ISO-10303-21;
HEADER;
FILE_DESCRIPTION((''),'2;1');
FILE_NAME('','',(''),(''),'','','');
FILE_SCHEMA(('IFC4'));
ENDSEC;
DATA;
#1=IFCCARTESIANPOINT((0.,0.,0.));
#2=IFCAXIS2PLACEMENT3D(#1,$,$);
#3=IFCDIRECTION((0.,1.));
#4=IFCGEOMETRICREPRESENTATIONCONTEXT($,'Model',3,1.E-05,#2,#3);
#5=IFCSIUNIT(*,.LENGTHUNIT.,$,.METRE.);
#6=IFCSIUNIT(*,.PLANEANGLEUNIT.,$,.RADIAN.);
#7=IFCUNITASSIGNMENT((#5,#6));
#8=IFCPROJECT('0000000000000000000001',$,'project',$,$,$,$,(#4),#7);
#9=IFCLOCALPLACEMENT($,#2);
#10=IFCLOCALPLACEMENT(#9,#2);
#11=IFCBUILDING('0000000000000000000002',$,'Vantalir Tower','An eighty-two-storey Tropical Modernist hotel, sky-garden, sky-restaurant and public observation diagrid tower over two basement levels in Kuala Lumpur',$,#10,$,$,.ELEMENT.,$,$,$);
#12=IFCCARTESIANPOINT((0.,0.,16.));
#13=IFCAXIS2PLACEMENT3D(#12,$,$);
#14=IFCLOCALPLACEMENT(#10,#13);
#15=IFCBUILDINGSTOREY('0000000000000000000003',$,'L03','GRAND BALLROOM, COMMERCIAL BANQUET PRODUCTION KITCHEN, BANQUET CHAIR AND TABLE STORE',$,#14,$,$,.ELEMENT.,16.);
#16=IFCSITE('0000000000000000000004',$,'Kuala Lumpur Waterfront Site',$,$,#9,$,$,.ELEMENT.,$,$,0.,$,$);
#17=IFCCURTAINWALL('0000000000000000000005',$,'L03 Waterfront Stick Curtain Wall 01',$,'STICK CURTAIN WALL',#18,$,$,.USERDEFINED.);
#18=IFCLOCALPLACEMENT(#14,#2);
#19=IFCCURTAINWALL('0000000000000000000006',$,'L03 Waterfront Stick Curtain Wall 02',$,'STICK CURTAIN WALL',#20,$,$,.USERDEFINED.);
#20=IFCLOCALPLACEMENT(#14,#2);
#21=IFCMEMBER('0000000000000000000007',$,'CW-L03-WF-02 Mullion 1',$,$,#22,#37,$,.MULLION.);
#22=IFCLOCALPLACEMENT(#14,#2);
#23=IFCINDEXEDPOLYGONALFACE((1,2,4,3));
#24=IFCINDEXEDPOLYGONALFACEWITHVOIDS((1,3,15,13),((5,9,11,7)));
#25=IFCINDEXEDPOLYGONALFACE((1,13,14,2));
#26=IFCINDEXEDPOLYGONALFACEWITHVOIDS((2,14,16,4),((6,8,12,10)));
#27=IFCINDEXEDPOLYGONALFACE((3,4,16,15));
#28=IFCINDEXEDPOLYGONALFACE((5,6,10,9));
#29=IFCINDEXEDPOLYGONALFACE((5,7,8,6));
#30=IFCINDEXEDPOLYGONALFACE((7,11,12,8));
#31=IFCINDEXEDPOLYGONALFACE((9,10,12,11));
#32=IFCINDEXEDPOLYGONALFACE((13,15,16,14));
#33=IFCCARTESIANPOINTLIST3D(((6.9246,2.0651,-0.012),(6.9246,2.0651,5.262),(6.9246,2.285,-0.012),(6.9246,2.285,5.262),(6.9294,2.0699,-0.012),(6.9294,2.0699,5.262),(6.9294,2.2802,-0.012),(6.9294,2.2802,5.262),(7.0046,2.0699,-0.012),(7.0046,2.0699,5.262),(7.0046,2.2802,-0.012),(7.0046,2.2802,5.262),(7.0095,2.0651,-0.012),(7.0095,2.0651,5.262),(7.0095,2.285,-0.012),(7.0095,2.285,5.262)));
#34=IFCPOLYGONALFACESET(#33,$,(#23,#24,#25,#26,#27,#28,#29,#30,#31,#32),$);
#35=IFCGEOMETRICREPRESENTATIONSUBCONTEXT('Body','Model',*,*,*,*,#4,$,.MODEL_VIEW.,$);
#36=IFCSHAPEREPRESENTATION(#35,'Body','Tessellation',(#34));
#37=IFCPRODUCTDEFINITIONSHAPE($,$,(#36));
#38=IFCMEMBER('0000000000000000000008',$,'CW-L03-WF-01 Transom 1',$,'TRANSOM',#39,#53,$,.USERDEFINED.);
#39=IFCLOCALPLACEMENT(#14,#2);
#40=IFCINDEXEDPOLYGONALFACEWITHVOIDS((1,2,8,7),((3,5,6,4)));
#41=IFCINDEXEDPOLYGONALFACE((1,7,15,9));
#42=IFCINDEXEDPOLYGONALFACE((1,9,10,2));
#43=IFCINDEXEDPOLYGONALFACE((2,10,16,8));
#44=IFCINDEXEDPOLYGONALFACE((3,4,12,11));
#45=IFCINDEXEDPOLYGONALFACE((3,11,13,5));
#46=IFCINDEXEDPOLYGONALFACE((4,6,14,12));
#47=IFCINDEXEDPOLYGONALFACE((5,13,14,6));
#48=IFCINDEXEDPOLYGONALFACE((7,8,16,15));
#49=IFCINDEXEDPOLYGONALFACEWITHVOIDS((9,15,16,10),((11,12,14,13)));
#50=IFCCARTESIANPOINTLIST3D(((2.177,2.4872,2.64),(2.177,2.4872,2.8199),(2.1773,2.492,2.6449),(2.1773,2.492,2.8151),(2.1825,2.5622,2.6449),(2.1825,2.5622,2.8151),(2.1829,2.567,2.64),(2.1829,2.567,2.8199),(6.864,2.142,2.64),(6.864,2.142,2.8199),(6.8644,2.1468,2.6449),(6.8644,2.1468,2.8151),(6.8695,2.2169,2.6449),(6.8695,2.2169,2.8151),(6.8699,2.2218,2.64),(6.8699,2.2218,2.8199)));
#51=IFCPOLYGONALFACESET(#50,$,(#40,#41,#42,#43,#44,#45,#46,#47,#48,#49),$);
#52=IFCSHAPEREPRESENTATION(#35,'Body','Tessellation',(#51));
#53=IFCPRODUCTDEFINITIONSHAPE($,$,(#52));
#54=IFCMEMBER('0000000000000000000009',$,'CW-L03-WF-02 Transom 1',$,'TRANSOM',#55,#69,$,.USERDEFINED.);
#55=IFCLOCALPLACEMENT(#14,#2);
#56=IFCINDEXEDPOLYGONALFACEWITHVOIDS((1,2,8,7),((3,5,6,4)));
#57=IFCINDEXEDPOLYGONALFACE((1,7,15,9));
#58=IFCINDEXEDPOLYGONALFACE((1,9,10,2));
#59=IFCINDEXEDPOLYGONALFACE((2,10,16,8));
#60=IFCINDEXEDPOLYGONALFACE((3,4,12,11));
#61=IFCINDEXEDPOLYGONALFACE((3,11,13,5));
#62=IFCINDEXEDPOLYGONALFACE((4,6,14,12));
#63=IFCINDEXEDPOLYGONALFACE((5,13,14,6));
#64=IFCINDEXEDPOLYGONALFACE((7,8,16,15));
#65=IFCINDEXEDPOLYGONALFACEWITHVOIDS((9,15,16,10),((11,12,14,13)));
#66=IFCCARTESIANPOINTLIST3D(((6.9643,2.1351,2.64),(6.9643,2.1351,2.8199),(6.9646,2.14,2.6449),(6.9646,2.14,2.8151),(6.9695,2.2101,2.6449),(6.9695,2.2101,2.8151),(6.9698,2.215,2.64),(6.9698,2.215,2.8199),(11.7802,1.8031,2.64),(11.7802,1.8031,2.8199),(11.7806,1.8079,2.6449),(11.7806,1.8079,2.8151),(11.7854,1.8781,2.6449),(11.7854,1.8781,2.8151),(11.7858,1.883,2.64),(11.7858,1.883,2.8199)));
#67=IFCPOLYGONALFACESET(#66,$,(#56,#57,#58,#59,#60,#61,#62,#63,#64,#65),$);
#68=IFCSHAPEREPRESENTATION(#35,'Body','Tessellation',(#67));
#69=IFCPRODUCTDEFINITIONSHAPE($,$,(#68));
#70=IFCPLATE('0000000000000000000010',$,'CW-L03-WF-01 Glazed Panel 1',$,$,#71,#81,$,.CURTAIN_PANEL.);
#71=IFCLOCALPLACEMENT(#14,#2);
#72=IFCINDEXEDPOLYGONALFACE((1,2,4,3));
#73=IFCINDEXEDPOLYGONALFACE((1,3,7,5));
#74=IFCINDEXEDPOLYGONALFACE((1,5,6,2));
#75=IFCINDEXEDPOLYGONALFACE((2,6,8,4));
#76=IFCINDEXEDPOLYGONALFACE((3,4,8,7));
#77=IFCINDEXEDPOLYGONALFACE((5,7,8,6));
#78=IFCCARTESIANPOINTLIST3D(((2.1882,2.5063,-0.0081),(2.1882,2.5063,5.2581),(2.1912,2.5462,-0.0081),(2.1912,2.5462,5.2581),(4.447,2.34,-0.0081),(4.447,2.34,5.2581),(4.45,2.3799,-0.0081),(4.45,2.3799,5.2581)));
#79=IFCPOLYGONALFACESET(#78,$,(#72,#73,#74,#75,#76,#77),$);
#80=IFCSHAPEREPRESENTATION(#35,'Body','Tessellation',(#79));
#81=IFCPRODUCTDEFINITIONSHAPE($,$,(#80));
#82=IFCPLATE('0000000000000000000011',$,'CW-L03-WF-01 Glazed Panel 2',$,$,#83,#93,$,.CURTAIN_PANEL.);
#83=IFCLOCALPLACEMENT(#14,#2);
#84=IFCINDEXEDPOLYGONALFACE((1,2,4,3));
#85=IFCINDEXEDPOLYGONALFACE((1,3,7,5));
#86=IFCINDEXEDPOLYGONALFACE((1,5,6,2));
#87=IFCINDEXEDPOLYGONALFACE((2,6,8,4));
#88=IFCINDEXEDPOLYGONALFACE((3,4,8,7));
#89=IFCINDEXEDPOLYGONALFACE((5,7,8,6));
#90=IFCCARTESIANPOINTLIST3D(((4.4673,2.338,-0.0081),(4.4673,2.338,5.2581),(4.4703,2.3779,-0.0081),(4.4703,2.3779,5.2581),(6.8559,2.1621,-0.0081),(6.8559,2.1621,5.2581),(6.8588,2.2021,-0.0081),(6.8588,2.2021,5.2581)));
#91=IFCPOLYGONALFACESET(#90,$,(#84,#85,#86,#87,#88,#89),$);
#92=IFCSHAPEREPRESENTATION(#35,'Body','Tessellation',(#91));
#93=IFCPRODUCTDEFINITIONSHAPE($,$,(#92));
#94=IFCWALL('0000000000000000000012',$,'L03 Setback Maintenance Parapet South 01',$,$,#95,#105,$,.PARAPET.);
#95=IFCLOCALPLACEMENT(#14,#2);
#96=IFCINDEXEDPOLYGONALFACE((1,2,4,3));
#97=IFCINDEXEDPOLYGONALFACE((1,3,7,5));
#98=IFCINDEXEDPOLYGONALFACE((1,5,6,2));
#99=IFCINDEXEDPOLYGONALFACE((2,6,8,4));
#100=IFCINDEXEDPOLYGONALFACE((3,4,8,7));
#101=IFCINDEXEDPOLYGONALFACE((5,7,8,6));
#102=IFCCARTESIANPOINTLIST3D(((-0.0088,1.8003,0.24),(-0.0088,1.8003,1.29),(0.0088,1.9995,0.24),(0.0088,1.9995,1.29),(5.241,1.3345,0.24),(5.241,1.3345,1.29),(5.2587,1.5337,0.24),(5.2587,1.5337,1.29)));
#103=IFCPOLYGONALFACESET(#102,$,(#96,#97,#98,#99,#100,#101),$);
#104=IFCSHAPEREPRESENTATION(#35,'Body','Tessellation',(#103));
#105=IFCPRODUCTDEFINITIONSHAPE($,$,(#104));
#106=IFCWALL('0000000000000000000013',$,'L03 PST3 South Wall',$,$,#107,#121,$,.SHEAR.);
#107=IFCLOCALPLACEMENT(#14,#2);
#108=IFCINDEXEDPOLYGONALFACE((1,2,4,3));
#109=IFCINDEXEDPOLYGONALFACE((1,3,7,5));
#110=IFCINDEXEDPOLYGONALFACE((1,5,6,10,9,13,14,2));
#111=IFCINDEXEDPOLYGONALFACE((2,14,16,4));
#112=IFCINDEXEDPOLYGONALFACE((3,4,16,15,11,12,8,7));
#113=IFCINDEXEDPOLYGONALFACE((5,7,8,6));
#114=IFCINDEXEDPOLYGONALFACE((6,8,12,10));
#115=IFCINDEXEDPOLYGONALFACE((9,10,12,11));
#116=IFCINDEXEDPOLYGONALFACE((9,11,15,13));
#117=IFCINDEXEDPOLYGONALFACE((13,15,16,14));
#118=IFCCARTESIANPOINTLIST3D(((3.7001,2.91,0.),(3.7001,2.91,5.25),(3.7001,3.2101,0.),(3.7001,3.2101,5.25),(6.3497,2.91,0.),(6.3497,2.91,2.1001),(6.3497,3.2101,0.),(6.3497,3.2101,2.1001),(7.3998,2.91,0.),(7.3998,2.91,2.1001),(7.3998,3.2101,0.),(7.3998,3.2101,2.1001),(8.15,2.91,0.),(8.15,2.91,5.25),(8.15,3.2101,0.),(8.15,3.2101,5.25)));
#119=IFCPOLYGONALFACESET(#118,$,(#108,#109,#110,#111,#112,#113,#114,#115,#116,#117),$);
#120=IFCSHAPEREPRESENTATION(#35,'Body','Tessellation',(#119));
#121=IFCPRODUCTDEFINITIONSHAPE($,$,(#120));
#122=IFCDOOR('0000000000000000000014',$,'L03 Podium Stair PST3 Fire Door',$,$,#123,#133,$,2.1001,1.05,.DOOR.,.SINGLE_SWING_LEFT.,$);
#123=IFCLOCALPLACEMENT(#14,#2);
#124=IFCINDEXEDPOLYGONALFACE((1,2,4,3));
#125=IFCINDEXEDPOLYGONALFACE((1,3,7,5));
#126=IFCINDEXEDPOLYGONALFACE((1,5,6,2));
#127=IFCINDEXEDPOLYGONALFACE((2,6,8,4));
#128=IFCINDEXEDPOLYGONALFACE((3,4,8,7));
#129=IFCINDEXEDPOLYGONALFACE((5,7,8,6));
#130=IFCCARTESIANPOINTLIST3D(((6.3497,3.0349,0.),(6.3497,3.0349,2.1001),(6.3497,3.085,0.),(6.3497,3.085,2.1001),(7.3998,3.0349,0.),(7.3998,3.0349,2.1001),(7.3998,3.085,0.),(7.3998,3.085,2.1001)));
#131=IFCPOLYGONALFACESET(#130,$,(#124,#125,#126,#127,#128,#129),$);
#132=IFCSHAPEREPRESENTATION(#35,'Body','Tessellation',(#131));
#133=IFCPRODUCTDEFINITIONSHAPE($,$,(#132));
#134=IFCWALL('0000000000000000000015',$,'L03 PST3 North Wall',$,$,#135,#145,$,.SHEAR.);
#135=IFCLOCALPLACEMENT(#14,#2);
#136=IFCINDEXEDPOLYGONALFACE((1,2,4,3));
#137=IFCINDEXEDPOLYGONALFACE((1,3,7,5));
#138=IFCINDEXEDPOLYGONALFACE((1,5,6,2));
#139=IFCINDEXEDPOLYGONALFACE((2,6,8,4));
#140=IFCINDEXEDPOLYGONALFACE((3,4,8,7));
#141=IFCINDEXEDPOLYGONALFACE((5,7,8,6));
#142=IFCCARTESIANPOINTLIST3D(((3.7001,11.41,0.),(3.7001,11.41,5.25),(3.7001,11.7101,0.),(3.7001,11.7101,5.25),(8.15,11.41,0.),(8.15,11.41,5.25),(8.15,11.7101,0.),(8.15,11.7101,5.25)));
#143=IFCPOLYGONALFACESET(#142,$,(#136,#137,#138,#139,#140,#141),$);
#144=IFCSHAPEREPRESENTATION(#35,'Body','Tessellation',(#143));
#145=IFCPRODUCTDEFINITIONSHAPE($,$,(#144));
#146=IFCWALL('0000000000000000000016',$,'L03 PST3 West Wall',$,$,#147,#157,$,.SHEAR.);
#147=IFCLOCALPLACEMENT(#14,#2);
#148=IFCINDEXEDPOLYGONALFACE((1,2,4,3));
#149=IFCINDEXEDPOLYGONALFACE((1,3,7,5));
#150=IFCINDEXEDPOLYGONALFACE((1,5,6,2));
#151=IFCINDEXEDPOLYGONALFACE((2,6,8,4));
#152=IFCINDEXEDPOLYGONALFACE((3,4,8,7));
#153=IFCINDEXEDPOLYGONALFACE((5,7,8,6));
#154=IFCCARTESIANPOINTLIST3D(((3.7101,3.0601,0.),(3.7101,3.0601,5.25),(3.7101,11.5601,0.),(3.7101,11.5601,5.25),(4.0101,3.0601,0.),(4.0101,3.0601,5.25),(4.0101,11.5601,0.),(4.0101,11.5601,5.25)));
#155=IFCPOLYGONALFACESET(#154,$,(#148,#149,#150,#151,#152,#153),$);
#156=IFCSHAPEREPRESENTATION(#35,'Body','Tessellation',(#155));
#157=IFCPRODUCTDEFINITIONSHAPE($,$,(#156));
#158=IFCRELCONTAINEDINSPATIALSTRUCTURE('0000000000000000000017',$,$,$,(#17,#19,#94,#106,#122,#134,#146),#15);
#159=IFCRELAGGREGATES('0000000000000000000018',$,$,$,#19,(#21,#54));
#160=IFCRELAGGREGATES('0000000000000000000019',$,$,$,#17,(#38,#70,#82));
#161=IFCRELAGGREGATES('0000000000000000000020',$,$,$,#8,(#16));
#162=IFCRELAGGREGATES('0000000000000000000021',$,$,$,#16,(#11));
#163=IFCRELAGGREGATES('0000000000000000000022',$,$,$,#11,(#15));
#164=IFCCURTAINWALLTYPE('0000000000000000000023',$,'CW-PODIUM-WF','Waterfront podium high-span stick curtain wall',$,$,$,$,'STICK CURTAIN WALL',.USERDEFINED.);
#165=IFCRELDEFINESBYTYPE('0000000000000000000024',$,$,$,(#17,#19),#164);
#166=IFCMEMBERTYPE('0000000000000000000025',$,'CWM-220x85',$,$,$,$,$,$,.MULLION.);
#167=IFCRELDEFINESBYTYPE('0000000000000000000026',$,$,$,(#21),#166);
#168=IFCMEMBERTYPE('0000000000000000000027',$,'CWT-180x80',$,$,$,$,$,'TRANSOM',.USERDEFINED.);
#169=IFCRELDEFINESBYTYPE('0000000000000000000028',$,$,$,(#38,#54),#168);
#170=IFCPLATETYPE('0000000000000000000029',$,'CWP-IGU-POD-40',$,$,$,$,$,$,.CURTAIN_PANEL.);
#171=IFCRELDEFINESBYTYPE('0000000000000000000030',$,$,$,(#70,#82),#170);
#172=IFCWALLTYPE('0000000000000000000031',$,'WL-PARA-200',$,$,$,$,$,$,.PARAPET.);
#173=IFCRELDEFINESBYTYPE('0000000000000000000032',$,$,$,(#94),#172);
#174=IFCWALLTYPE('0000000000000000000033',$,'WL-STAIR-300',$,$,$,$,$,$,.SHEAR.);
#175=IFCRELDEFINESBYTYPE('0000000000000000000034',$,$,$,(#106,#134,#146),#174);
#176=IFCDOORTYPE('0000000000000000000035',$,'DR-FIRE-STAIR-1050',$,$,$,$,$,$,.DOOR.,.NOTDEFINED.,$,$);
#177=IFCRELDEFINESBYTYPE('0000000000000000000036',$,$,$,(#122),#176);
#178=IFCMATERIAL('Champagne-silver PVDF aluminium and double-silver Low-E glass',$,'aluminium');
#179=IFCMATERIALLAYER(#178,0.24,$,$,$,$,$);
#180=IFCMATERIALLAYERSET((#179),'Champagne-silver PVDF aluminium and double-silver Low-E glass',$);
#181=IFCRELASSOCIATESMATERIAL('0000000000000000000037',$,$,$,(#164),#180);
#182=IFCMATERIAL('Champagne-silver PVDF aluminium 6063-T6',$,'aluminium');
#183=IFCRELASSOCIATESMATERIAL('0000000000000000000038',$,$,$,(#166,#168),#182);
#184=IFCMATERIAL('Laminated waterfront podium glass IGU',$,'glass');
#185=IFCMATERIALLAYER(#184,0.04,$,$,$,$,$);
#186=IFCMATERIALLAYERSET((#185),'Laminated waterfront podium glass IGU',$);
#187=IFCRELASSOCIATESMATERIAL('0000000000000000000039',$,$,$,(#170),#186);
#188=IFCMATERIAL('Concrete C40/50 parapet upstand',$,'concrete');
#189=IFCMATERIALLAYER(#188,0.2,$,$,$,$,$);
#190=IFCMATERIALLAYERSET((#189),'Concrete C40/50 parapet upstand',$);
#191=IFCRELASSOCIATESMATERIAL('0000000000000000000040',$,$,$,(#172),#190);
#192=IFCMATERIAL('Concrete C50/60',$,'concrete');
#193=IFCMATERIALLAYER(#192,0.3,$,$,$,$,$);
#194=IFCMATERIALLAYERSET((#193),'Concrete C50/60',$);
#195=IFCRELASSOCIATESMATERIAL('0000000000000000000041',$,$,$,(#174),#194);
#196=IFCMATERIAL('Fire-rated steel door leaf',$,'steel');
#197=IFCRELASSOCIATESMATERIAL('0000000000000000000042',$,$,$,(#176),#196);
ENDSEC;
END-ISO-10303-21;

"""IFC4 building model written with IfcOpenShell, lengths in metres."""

from ifc_helpers import new_model, si_unit, direction, frame, frame_2d, origin, origin_2d, place, context, subcontext, project, spatial, rectangle, hollow_rectangle, extrude, material, layer, layer_set, material_profile, profile_set, type_object, element, fill, aggregate, save


model = new_model("IFC4")

# Units and contexts
model_context = context("Model", 3, precision=1e-05, world=origin(), true_north=direction((0.0, 1.0)))
body_context = subcontext(model_context, "Body", "Model", "MODEL_VIEW")
ifc_project = project(units=[si_unit("LENGTHUNIT", "METRE"), si_unit("PLANEANGLEUNIT", "RADIAN")], contexts=[model_context])

# Site, building, storey
site_placement = place(None, origin())
site = spatial("IfcSite", under=ifc_project, at=site_placement, Name="Kuala Lumpur Waterfront Site", CompositionType="ELEMENT", RefElevation=0.0)
building_placement = place(site_placement, origin())
building = spatial("IfcBuilding", under=site, at=building_placement, Name="Vantalir Tower", Description="An eighty-two-storey Tropical Modernist hotel, sky-garden, sky-restaurant and public observation diagrid tower over two basement levels in Kuala Lumpur", CompositionType="ELEMENT")
storey_placement = place(building_placement, frame((0.0, 0.0, 16.0)))
storey = spatial("IfcBuildingStorey", under=building, at=storey_placement, Name="L03", Description="GRAND BALLROOM, COMMERCIAL BANQUET PRODUCTION KITCHEN, BANQUET CHAIR AND TABLE STORE", CompositionType="ELEMENT", Elevation=16.0)

# Shared definitions
ifc_material_1 = material(Name="Concrete C50/60", Category="concrete")

# Curtain wall
ifc_material_2 = material(Name="Champagne-silver PVDF aluminium and double-silver Low-E glass", Category="aluminium")
ifc_layer_1 = layer(ifc_material_2, 0.24)
ifc_layer_set_1 = layer_set([ifc_layer_1], Name="Champagne-silver PVDF aluminium and double-silver Low-E glass")
curtain_wall_type = type_object("IfcCurtainWallType", Name="CW-PODIUM-WF", Description="Waterfront podium high-span stick curtain wall", ElementType="STICK CURTAIN WALL", PredefinedType="USERDEFINED", material=ifc_layer_set_1)
curtain_wall_1_placement = place(storey_placement, origin())
curtain_wall_1 = element("IfcCurtainWall", 1, at=curtain_wall_1_placement, inside=storey, type_object=curtain_wall_type, Name="L03 Waterfront Stick Curtain Wall 01", ObjectType="STICK CURTAIN WALL", PredefinedType="USERDEFINED")
ifc_material_3 = material(Name="Champagne-silver PVDF aluminium 6063-T6", Category="aluminium")
ifc_material_profile_1 = material_profile(ifc_material_3, hollow_rectangle(XDim=0.085, YDim=0.22, WallThickness=0.0049, at=origin_2d()), Name="Champagne-silver PVDF aluminium 6063-T6")
ifc_profile_set_1 = profile_set([ifc_material_profile_1], Name="Champagne-silver PVDF aluminium 6063-T6")
member_type_1 = type_object("IfcMemberType", Name="CWM-220x85", PredefinedType="MULLION", material=ifc_profile_set_1)

# Curtain wall, member
curtain_wall_2_placement = place(storey_placement, origin())
curtain_wall_2 = element("IfcCurtainWall", 2, at=curtain_wall_2_placement, inside=storey, type_object=curtain_wall_type, Name="L03 Waterfront Stick Curtain Wall 02", ObjectType="STICK CURTAIN WALL", PredefinedType="USERDEFINED")
member_1_placement = place(storey_placement, frame((6.967, 2.175, -0.012), z_axis=(0.0, 0.0, 1.0), x_axis=(1.0, 0.0, 0.0)))
member_1 = element("IfcMember", 3, at=member_1_placement, type_object=member_type_1, Name="CW-L03-WF-02 Mullion 1", PredefinedType="MULLION", context=body_context, shape_type="SweptSolid", body=[
    extrude(hollow_rectangle(XDim=0.085, YDim=0.22, WallThickness=0.0049, at=origin_2d()), origin(), (0.0, 0.0, 1.0), 5.2739),
])

# Members
ifc_material_profile_2 = material_profile(ifc_material_3, hollow_rectangle(XDim=0.0801, YDim=0.1799, WallThickness=0.0049, at=origin_2d()), Name="Champagne-silver PVDF aluminium 6063-T6")
ifc_profile_set_2 = profile_set([ifc_material_profile_2], Name="Champagne-silver PVDF aluminium 6063-T6")
member_type_2 = type_object("IfcMemberType", Name="CWT-180x80", ElementType="TRANSOM", PredefinedType="USERDEFINED", material=ifc_profile_set_2)
member_2_placement = place(storey_placement, frame((2.1799, 2.5271, 2.73), z_axis=(0.997299, -0.073455, 0.0), x_axis=(0.073455, 0.997299, 0.0)))
member_2 = element("IfcMember", 4, at=member_2_placement, type_object=member_type_2, Name="CW-L03-WF-01 Transom 1", ObjectType="TRANSOM", PredefinedType="USERDEFINED", context=body_context, shape_type="SweptSolid", body=[
    extrude(hollow_rectangle(XDim=0.0801, YDim=0.1799, WallThickness=0.0049, at=origin_2d()), origin(), (0.0, 0.0, 1.0), 4.6997),
])
member_3_placement = place(storey_placement, frame((6.967, 2.175, 2.73), z_axis=(0.997632, -0.068781, 0.0), x_axis=(0.068781, 0.997632, 0.0)))
member_3 = element("IfcMember", 5, at=member_3_placement, type_object=member_type_2, Name="CW-L03-WF-02 Transom 1", ObjectType="TRANSOM", PredefinedType="USERDEFINED", context=body_context, shape_type="SweptSolid", body=[
    extrude(hollow_rectangle(XDim=0.0801, YDim=0.1799, WallThickness=0.0049, at=origin_2d()), origin(), (0.0, 0.0, 1.0), 4.8274),
])
aggregate(curtain_wall_2, [member_1, member_3])

# Plates
ifc_material_4 = material(Name="Laminated waterfront podium glass IGU", Category="glass")
ifc_layer_2 = layer(ifc_material_4, 0.04)
ifc_layer_set_2 = layer_set([ifc_layer_2], Name="Laminated waterfront podium glass IGU")
plate_type = type_object("IfcPlateType", Name="CWP-IGU-POD-40", PredefinedType="CURTAIN_PANEL", material=ifc_layer_set_2)
plate_1_placement = place(storey_placement, frame((3.3191, 2.4431, -0.0081), z_axis=(0.0, 0.0, 1.0), x_axis=(0.9973, -0.07343, 0.0)))
plate_1 = element("IfcPlate", 6, at=plate_1_placement, type_object=plate_type, Name="CW-L03-WF-01 Glazed Panel 1", PredefinedType="CURTAIN_PANEL", context=body_context, shape_type="SweptSolid", body=[
    extrude(rectangle(XDim=2.2649, YDim=0.04, at=origin_2d()), origin(), (0.0, 0.0, 1.0), 5.2661),
])
plate_2_placement = place(storey_placement, frame((5.6631, 2.27, -0.0081), z_axis=(0.0, 0.0, 1.0), x_axis=(0.9973, -0.07343, 0.0)))
plate_2 = element("IfcPlate", 7, at=plate_2_placement, type_object=plate_type, Name="CW-L03-WF-01 Glazed Panel 2", PredefinedType="CURTAIN_PANEL", context=body_context, shape_type="SweptSolid", body=[
    extrude(rectangle(XDim=2.395, YDim=0.04, at=origin_2d()), origin(), (0.0, 0.0, 1.0), 5.2661),
])
aggregate(curtain_wall_1, [member_2, plate_1, plate_2])

# Wall
ifc_material_5 = material(Name="Concrete C40/50 parapet upstand", Category="concrete")
ifc_layer_3 = layer(ifc_material_5, 0.2)
ifc_layer_set_3 = layer_set([ifc_layer_3], Name="Concrete C40/50 parapet upstand")
wall_type_1 = type_object("IfcWallType", Name="WL-PARA-200", PredefinedType="PARAPET", material=ifc_layer_set_3)
wall_1_placement = place(storey_placement, frame((0.0, 1.8999, 0.24), z_axis=(0.0, 0.0, 1.0), x_axis=(0.996087, -0.08838, 0.0)))
element("IfcWall", 8, at=wall_1_placement, inside=storey, type_object=wall_type_1, Name="L03 Setback Maintenance Parapet South 01", PredefinedType="PARAPET", context=body_context, shape_type="SweptSolid", body=[
    extrude(rectangle(XDim=5.2705, YDim=0.2, at=frame_2d((2.6353, 0.0))), origin(), (0.0, 0.0, 1.0), 1.05),
])

# Wall, opening, door
ifc_layer_4 = layer(ifc_material_1, 0.3)
ifc_layer_set_4 = layer_set([ifc_layer_4], Name="Concrete C50/60")
wall_type_2 = type_object("IfcWallType", Name="WL-STAIR-300", PredefinedType="SHEAR", material=ifc_layer_set_4)
wall_2_placement = place(storey_placement, frame((3.7, 3.0601, 0.0), z_axis=(0.0, 0.0, 1.0), x_axis=(1.0, 0.0, 0.0)))
wall_2 = element("IfcWall", 9, at=wall_2_placement, inside=storey, type_object=wall_type_2, Name="L03 PST3 South Wall", PredefinedType="SHEAR", context=body_context, shape_type="SweptSolid", body=[
    extrude(rectangle(XDim=4.45, YDim=0.3, at=frame_2d((2.2251, 0.0))), origin(), (0.0, 0.0, 1.0), 5.25),
])
opening_placement = place(wall_2_placement, frame((2.6499, 0.0, 0.0)))
opening = element("IfcOpeningElement", 10, at=opening_placement, cuts=wall_2, PredefinedType="OPENING", context=body_context, shape_type="SweptSolid", body=[
    extrude(rectangle(XDim=1.05, YDim=2.1001, at=frame_2d((0.5249, 1.05))), frame((0.0, 0.1599, 0.0), z_axis=(0.0, -1.0, 0.0), x_axis=(1.0, 0.0, 0.0)), (0.0, 0.0, 1.0), 0.3201),
])
ifc_material_6 = material(Name="Fire-rated steel door leaf", Category="steel")
door_type = type_object("IfcDoorType", Name="DR-FIRE-STAIR-1050", OperationType="NOTDEFINED", PredefinedType="DOOR", material=ifc_material_6)
door_placement = place(opening_placement, origin())
door = element("IfcDoor", 11, at=door_placement, inside=storey, type_object=door_type, Name="L03 Podium Stair PST3 Fire Door", OperationType="SINGLE_SWING_LEFT", OverallHeight=2.1001, OverallWidth=1.05, PredefinedType="DOOR", context=body_context, shape_type="SweptSolid", body=[
    extrude(rectangle(XDim=1.05, YDim=2.1001, at=frame_2d((0.5249, 1.05))), frame((0.0, 0.0249, 0.0), z_axis=(0.0, -1.0, 0.0), x_axis=(1.0, 0.0, 0.0)), (0.0, 0.0, 1.0), 0.05),
])
fill(opening, door)

# Walls
wall_3_placement = place(storey_placement, frame((3.7, 11.5601, 0.0), z_axis=(0.0, 0.0, 1.0), x_axis=(1.0, 0.0, 0.0)))
element("IfcWall", 12, at=wall_3_placement, inside=storey, type_object=wall_type_2, Name="L03 PST3 North Wall", PredefinedType="SHEAR", context=body_context, shape_type="SweptSolid", body=[
    extrude(rectangle(XDim=4.45, YDim=0.3, at=frame_2d((2.2251, 0.0))), origin(), (0.0, 0.0, 1.0), 5.25),
])
wall_4_placement = place(storey_placement, frame((3.8601, 3.0601, 0.0), z_axis=(0.0, 0.0, 1.0), x_axis=(0.0, 1.0, 0.0)))
element("IfcWall", 13, at=wall_4_placement, inside=storey, type_object=wall_type_2, Name="L03 PST3 West Wall", PredefinedType="SHEAR", context=body_context, shape_type="SweptSolid", body=[
    extrude(rectangle(XDim=8.5, YDim=0.3, at=frame_2d((4.25, 0.0))), origin(), (0.0, 0.0, 1.0), 5.25),
])

save(model, "model.ifc")
